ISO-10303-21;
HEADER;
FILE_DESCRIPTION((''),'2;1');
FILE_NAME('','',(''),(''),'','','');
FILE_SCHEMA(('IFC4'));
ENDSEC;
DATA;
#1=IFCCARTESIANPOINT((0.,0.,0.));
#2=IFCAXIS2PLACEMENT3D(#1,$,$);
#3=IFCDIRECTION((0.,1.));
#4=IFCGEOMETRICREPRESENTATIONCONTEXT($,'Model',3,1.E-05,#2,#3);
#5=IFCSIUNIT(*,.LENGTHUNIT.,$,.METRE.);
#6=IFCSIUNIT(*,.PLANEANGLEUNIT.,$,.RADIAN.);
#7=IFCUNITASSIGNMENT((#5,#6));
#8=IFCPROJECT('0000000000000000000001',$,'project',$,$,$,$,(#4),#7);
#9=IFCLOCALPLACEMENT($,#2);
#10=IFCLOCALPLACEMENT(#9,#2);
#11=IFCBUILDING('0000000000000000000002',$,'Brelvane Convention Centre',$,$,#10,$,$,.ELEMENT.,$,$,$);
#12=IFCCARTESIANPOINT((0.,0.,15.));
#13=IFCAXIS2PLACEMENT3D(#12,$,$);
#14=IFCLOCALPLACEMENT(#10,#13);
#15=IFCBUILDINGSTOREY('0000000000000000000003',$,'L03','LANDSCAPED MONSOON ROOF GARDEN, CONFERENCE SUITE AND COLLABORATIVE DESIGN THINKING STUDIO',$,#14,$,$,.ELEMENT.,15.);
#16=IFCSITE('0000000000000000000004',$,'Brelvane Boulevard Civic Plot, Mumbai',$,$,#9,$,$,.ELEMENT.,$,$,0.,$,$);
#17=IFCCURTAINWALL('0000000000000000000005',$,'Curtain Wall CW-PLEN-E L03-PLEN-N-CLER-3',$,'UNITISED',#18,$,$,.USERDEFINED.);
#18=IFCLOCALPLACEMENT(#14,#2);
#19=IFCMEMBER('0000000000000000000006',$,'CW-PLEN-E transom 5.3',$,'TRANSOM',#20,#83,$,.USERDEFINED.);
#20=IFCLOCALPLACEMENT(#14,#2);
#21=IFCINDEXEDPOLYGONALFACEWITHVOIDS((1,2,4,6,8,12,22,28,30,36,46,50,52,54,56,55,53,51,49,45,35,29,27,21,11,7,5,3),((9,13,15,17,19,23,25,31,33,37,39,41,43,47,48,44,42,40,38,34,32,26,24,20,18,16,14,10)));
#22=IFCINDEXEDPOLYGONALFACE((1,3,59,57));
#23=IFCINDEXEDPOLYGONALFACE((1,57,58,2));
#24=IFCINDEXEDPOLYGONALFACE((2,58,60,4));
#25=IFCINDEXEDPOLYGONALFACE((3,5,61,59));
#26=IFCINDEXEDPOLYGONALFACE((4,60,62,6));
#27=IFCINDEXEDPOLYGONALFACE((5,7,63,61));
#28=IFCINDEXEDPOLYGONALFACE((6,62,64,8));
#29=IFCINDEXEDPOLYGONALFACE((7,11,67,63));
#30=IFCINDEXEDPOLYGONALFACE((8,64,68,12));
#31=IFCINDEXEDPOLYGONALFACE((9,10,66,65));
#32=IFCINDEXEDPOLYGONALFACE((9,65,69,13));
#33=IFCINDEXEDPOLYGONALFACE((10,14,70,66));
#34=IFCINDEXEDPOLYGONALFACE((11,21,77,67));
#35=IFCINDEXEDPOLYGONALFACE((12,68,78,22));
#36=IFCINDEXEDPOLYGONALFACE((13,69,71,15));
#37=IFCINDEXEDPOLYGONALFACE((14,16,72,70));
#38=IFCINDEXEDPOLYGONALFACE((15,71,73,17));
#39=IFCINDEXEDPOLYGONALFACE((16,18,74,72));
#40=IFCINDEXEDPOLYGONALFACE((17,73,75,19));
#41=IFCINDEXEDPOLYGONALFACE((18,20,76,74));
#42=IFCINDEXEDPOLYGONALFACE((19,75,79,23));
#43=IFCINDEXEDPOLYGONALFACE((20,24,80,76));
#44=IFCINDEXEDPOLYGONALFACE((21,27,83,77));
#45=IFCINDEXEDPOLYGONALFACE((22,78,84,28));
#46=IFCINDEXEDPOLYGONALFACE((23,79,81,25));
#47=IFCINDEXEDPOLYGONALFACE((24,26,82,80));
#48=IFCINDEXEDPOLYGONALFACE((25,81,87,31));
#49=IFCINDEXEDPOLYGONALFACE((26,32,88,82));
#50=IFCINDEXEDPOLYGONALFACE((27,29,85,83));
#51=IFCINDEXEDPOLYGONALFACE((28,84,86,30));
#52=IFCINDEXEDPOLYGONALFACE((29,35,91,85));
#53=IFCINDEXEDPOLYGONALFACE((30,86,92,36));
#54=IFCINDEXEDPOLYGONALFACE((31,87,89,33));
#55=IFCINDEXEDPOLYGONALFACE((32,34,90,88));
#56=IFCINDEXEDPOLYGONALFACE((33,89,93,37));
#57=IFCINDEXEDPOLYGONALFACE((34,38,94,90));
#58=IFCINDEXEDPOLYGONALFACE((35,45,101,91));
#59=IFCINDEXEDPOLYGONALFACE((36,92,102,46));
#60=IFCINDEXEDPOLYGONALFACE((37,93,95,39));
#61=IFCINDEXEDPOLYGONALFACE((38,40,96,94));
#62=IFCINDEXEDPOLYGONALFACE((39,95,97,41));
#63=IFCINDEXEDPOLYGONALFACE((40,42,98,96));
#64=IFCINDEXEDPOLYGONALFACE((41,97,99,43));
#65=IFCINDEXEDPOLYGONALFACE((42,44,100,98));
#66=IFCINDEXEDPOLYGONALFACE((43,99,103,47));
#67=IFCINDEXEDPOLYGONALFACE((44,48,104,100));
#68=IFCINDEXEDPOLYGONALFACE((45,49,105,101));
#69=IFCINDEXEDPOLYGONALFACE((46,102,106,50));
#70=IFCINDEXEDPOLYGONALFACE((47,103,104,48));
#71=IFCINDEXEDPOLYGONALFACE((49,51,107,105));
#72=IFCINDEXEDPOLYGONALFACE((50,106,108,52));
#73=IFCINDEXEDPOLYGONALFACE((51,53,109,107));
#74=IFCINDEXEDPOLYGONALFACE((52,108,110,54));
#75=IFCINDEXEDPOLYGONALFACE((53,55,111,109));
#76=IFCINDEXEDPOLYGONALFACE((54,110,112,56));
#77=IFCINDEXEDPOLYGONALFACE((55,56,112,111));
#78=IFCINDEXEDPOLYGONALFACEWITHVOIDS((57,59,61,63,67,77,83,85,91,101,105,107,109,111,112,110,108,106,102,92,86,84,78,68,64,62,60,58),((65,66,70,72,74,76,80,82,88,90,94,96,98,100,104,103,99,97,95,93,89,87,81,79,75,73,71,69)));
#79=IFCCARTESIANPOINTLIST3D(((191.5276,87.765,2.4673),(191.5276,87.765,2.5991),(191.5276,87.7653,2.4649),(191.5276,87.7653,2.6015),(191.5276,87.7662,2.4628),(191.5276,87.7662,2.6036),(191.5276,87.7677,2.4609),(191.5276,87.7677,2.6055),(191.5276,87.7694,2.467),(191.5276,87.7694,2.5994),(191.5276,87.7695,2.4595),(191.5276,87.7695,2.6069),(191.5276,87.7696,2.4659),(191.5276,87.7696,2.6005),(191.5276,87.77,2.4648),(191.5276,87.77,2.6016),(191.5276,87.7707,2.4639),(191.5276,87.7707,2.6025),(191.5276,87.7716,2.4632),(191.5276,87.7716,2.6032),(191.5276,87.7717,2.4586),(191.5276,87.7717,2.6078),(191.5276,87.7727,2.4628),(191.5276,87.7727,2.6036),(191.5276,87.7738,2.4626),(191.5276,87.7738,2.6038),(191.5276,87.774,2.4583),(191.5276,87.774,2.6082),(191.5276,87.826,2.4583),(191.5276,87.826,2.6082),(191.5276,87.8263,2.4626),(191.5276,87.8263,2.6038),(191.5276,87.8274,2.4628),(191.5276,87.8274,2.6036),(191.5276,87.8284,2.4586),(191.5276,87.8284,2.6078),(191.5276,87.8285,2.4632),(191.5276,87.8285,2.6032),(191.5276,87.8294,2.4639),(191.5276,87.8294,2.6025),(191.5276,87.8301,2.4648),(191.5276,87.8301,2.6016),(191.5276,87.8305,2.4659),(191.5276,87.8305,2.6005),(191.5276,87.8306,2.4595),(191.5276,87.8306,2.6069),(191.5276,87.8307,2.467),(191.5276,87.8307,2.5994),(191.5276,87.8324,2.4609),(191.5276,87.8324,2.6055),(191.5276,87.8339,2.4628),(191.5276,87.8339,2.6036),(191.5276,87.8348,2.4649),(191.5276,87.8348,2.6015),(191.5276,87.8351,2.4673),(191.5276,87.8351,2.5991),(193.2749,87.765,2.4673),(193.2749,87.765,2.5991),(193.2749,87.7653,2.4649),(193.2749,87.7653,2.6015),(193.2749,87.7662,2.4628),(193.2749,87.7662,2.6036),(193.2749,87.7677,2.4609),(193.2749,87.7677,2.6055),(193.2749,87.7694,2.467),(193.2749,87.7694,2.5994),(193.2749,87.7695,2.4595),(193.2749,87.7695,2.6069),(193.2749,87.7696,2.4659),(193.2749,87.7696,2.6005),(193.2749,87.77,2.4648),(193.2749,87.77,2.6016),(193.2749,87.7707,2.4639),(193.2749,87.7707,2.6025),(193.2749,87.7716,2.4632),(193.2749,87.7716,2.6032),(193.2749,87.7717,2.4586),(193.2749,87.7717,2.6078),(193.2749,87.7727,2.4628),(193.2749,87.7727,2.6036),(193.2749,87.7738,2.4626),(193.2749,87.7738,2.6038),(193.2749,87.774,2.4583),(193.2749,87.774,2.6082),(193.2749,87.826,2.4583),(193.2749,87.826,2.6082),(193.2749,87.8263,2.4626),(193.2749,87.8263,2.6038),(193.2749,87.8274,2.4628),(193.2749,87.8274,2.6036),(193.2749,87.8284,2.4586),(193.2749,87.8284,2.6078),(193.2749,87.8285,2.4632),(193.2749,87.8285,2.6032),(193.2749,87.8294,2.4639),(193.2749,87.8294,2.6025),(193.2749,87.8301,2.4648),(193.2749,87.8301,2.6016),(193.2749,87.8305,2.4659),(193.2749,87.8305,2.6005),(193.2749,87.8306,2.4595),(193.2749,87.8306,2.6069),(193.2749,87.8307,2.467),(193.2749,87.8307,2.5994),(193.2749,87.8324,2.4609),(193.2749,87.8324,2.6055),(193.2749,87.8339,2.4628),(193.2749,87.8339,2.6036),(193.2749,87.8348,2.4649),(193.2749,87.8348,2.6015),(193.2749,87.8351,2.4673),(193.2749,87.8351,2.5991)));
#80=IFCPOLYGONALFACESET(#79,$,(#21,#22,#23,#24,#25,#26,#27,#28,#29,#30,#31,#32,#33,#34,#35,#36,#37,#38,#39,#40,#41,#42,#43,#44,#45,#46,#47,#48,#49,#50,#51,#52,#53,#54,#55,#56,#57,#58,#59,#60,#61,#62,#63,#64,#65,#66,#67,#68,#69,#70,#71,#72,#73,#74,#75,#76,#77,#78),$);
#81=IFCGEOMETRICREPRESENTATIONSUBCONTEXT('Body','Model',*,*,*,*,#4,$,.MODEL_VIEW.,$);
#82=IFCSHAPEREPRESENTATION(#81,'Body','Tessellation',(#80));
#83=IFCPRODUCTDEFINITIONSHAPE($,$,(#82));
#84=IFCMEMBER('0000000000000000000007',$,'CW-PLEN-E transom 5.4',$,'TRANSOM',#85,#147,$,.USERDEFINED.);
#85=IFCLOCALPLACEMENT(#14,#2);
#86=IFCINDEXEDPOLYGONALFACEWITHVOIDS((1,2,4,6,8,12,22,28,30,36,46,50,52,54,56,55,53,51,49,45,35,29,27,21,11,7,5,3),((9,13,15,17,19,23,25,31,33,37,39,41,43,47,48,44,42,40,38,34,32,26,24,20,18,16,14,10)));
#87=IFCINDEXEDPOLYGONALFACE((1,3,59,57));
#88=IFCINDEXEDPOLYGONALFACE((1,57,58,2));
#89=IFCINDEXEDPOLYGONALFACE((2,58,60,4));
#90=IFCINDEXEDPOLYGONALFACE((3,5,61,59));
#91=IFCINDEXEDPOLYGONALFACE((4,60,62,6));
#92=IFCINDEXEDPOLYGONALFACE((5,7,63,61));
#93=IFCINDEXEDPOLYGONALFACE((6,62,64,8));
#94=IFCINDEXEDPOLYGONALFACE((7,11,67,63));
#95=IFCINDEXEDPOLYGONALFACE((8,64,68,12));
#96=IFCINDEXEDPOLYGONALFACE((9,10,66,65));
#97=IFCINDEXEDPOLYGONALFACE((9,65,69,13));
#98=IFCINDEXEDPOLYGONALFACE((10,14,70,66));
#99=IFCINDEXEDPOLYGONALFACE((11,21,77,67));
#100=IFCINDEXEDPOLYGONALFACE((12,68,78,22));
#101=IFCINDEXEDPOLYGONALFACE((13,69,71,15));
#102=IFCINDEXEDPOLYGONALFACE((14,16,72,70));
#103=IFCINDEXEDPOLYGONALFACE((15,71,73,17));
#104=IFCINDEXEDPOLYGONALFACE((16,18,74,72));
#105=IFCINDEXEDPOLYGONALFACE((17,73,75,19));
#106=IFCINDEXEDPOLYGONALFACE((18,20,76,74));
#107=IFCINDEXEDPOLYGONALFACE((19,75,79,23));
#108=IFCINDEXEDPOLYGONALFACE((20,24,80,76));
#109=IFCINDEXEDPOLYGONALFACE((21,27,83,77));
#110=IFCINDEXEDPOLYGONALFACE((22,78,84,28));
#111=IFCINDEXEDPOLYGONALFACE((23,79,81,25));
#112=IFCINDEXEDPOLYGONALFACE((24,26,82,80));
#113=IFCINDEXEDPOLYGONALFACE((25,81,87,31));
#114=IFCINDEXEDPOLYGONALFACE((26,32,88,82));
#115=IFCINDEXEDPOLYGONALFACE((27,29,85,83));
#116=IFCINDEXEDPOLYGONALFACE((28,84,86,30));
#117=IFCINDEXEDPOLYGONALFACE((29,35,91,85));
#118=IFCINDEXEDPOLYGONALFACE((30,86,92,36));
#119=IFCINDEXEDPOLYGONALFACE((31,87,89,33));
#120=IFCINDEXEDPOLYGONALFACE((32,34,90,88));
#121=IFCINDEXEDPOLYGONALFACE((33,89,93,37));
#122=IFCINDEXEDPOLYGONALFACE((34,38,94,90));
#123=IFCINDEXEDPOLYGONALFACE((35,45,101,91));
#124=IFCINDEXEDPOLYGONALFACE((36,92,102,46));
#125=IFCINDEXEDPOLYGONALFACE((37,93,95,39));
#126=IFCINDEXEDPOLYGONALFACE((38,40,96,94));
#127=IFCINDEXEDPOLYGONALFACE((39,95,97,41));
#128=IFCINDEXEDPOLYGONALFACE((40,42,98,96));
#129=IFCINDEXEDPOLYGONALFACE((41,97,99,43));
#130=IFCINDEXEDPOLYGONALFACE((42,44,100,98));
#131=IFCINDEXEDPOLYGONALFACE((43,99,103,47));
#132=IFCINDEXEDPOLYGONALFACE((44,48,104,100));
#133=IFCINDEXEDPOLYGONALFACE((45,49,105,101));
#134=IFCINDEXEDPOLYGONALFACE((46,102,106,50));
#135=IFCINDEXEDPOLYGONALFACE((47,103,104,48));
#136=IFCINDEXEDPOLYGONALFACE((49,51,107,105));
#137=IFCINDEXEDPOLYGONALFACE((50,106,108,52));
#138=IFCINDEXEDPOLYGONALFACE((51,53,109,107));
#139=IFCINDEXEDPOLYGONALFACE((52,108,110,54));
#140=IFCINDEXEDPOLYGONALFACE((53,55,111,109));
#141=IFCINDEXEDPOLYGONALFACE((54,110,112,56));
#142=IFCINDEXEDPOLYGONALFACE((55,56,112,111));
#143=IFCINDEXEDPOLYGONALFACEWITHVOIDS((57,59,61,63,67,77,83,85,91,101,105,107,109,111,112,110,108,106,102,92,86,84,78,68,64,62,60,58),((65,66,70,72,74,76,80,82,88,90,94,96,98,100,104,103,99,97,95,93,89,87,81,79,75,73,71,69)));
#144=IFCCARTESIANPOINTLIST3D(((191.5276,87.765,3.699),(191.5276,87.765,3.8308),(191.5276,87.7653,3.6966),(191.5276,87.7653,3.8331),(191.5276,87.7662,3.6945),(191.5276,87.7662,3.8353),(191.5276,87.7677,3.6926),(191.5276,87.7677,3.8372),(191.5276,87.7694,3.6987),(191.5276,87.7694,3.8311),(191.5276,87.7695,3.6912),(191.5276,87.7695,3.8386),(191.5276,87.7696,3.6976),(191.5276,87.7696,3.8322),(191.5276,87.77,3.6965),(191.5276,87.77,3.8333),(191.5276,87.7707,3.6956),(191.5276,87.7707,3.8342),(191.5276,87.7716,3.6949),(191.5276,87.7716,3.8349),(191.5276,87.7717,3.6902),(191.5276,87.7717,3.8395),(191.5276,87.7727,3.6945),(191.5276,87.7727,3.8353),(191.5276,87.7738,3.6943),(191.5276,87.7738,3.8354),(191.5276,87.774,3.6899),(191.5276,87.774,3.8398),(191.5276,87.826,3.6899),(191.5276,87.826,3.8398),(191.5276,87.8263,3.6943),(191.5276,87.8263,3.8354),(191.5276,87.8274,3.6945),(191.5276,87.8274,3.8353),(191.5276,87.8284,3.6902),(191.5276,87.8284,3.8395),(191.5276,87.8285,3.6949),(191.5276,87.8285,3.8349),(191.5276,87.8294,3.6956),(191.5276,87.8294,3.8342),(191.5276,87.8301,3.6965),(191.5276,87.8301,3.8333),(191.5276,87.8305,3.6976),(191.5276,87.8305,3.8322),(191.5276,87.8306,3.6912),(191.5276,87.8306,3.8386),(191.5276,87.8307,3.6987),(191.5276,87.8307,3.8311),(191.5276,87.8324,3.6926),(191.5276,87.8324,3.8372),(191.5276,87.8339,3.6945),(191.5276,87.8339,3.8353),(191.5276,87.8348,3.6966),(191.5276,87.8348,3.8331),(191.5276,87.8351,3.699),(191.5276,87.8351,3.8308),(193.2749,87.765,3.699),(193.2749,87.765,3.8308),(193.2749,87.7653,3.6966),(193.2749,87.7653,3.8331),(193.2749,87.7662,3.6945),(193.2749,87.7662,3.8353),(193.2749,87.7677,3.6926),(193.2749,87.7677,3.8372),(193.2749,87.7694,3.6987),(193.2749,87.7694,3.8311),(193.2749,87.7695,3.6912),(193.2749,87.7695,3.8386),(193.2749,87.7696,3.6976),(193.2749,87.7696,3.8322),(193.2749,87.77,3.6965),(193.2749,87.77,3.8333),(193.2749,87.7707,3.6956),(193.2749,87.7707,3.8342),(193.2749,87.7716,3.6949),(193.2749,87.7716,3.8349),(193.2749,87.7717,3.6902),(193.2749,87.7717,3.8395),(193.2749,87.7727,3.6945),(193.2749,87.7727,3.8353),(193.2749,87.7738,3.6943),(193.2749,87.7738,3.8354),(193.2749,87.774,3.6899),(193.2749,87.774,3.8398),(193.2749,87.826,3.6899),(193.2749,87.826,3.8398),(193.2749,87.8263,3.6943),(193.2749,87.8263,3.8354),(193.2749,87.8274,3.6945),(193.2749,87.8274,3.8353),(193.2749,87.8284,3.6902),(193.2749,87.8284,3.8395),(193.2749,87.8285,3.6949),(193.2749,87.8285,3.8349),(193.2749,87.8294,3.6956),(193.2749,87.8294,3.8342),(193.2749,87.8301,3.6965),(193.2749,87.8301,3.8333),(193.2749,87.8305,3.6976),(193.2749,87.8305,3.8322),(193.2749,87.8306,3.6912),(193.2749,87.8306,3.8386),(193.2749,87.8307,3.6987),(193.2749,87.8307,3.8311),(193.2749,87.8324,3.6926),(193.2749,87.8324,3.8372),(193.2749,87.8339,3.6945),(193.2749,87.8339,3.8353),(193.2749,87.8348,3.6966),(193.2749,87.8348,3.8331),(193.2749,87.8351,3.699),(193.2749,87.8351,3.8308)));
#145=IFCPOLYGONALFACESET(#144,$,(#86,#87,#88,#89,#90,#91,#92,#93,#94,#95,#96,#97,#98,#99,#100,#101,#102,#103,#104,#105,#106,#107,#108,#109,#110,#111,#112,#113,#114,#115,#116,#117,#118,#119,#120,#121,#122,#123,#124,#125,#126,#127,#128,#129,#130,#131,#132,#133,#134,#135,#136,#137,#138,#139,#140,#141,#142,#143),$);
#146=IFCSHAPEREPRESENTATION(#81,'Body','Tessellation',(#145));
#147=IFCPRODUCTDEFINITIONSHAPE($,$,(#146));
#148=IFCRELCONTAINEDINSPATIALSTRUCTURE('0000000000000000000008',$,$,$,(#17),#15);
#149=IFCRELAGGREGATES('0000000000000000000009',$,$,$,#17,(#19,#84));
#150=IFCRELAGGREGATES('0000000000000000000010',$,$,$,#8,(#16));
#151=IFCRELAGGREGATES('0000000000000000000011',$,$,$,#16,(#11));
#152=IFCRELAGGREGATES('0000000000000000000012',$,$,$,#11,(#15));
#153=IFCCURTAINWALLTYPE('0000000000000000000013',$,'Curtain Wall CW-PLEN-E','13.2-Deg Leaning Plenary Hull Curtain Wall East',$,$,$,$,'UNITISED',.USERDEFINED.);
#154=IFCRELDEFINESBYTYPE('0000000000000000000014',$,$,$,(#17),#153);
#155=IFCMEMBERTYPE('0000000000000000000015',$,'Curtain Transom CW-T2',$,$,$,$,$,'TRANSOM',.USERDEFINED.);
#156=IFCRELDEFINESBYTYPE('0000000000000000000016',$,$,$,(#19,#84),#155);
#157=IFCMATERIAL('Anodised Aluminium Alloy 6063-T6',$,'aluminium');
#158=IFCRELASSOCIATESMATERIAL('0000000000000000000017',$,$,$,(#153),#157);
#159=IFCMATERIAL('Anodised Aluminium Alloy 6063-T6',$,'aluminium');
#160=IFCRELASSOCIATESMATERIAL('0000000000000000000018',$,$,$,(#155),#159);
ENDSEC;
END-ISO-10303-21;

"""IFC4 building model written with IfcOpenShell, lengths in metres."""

from ifc_helpers import new_model, si_unit, direction, frame, origin, origin_2d, place, context, subcontext, project, spatial, hollow_rectangle, extrude, material, material_profile, profile_set, type_object, element, aggregate, save


model = new_model("IFC4")

# Units and contexts
model_context = context("Model", 3, precision=1e-05, world=origin(), true_north=direction((0.0, 1.0)))
body_context = subcontext(model_context, "Body", "Model", "MODEL_VIEW")
ifc_project = project(units=[si_unit("LENGTHUNIT", "METRE"), si_unit("PLANEANGLEUNIT", "RADIAN")], contexts=[model_context])

# Site, building, storey
site_placement = place(None, origin())
site = spatial("IfcSite", under=ifc_project, at=site_placement, Name="Brelvane Boulevard Civic Plot, Mumbai", CompositionType="ELEMENT", RefElevation=0.0)
building_placement = place(site_placement, origin())
building = spatial("IfcBuilding", under=site, at=building_placement, Name="Brelvane Convention Centre", CompositionType="ELEMENT")
storey_placement = place(building_placement, frame((0.0, 0.0, 15.0)))
storey = spatial("IfcBuildingStorey", under=building, at=storey_placement, Name="L03", Description="LANDSCAPED MONSOON ROOF GARDEN, CONFERENCE SUITE AND COLLABORATIVE DESIGN THINKING STUDIO", CompositionType="ELEMENT", Elevation=15.0)

# Curtain wall
ifc_material_1 = material(Name="Anodised Aluminium Alloy 6063-T6", Category="aluminium")
curtain_wall_type = type_object("IfcCurtainWallType", Name="Curtain Wall CW-PLEN-E", Description="13.2-Deg Leaning Plenary Hull Curtain Wall East", ElementType="UNITISED", PredefinedType="USERDEFINED", material=ifc_material_1)
curtain_wall_1_placement = place(storey_placement, origin())
curtain_wall_1 = element("IfcCurtainWall", 1, at=curtain_wall_1_placement, inside=storey, type_object=curtain_wall_type, Name="Curtain Wall CW-PLEN-E L03-PLEN-N-CLER-3", ObjectType="UNITISED", PredefinedType="USERDEFINED")

# Members
ifc_material_2 = material(Name="Anodised Aluminium Alloy 6063-T6", Category="aluminium")
ifc_material_profile_1 = material_profile(ifc_material_2, hollow_rectangle(XDim=0.0701, YDim=0.1499, WallThickness=0.0044, InnerFilletRadius=0.0044, OuterFilletRadius=0.009, at=origin_2d()), Name="ALU-T 150x70x4.5")
ifc_profile_set_1 = profile_set([ifc_material_profile_1], Name="Anodised Aluminium Alloy 6063-T6")
member_type_1 = type_object("IfcMemberType", Name="Curtain Transom CW-T2", ElementType="TRANSOM", PredefinedType="USERDEFINED", material=ifc_profile_set_1)
member_1_placement = place(storey_placement, frame((191.5276, 87.8, 2.5332), z_axis=(1.0, 0.0, 0.0), x_axis=(0.0, 1.0, 0.0)))
member_1 = element("IfcMember", 2, at=member_1_placement, type_object=member_type_1, Name="CW-PLEN-E transom 5.3", ObjectType="TRANSOM", PredefinedType="USERDEFINED", context=body_context, shape_type="SweptSolid", body=[
    extrude(hollow_rectangle(XDim=0.0701, YDim=0.1499, WallThickness=0.0044, InnerFilletRadius=0.0044, OuterFilletRadius=0.009, at=origin_2d()), origin(), (0.0, 0.0, 1.0), 1.7473),
])
member_2_placement = place(storey_placement, frame((191.5276, 87.8, 3.7649), z_axis=(1.0, 0.0, 0.0), x_axis=(0.0, 1.0, 0.0)))
member_2 = element("IfcMember", 3, at=member_2_placement, type_object=member_type_1, Name="CW-PLEN-E transom 5.4", ObjectType="TRANSOM", PredefinedType="USERDEFINED", context=body_context, shape_type="SweptSolid", body=[
    extrude(hollow_rectangle(XDim=0.0701, YDim=0.1499, WallThickness=0.0044, InnerFilletRadius=0.0044, OuterFilletRadius=0.009, at=origin_2d()), origin(), (0.0, 0.0, 1.0), 1.7473),
])

aggregate(curtain_wall_1, [member_1, member_2])

save(model, "model.ifc")
